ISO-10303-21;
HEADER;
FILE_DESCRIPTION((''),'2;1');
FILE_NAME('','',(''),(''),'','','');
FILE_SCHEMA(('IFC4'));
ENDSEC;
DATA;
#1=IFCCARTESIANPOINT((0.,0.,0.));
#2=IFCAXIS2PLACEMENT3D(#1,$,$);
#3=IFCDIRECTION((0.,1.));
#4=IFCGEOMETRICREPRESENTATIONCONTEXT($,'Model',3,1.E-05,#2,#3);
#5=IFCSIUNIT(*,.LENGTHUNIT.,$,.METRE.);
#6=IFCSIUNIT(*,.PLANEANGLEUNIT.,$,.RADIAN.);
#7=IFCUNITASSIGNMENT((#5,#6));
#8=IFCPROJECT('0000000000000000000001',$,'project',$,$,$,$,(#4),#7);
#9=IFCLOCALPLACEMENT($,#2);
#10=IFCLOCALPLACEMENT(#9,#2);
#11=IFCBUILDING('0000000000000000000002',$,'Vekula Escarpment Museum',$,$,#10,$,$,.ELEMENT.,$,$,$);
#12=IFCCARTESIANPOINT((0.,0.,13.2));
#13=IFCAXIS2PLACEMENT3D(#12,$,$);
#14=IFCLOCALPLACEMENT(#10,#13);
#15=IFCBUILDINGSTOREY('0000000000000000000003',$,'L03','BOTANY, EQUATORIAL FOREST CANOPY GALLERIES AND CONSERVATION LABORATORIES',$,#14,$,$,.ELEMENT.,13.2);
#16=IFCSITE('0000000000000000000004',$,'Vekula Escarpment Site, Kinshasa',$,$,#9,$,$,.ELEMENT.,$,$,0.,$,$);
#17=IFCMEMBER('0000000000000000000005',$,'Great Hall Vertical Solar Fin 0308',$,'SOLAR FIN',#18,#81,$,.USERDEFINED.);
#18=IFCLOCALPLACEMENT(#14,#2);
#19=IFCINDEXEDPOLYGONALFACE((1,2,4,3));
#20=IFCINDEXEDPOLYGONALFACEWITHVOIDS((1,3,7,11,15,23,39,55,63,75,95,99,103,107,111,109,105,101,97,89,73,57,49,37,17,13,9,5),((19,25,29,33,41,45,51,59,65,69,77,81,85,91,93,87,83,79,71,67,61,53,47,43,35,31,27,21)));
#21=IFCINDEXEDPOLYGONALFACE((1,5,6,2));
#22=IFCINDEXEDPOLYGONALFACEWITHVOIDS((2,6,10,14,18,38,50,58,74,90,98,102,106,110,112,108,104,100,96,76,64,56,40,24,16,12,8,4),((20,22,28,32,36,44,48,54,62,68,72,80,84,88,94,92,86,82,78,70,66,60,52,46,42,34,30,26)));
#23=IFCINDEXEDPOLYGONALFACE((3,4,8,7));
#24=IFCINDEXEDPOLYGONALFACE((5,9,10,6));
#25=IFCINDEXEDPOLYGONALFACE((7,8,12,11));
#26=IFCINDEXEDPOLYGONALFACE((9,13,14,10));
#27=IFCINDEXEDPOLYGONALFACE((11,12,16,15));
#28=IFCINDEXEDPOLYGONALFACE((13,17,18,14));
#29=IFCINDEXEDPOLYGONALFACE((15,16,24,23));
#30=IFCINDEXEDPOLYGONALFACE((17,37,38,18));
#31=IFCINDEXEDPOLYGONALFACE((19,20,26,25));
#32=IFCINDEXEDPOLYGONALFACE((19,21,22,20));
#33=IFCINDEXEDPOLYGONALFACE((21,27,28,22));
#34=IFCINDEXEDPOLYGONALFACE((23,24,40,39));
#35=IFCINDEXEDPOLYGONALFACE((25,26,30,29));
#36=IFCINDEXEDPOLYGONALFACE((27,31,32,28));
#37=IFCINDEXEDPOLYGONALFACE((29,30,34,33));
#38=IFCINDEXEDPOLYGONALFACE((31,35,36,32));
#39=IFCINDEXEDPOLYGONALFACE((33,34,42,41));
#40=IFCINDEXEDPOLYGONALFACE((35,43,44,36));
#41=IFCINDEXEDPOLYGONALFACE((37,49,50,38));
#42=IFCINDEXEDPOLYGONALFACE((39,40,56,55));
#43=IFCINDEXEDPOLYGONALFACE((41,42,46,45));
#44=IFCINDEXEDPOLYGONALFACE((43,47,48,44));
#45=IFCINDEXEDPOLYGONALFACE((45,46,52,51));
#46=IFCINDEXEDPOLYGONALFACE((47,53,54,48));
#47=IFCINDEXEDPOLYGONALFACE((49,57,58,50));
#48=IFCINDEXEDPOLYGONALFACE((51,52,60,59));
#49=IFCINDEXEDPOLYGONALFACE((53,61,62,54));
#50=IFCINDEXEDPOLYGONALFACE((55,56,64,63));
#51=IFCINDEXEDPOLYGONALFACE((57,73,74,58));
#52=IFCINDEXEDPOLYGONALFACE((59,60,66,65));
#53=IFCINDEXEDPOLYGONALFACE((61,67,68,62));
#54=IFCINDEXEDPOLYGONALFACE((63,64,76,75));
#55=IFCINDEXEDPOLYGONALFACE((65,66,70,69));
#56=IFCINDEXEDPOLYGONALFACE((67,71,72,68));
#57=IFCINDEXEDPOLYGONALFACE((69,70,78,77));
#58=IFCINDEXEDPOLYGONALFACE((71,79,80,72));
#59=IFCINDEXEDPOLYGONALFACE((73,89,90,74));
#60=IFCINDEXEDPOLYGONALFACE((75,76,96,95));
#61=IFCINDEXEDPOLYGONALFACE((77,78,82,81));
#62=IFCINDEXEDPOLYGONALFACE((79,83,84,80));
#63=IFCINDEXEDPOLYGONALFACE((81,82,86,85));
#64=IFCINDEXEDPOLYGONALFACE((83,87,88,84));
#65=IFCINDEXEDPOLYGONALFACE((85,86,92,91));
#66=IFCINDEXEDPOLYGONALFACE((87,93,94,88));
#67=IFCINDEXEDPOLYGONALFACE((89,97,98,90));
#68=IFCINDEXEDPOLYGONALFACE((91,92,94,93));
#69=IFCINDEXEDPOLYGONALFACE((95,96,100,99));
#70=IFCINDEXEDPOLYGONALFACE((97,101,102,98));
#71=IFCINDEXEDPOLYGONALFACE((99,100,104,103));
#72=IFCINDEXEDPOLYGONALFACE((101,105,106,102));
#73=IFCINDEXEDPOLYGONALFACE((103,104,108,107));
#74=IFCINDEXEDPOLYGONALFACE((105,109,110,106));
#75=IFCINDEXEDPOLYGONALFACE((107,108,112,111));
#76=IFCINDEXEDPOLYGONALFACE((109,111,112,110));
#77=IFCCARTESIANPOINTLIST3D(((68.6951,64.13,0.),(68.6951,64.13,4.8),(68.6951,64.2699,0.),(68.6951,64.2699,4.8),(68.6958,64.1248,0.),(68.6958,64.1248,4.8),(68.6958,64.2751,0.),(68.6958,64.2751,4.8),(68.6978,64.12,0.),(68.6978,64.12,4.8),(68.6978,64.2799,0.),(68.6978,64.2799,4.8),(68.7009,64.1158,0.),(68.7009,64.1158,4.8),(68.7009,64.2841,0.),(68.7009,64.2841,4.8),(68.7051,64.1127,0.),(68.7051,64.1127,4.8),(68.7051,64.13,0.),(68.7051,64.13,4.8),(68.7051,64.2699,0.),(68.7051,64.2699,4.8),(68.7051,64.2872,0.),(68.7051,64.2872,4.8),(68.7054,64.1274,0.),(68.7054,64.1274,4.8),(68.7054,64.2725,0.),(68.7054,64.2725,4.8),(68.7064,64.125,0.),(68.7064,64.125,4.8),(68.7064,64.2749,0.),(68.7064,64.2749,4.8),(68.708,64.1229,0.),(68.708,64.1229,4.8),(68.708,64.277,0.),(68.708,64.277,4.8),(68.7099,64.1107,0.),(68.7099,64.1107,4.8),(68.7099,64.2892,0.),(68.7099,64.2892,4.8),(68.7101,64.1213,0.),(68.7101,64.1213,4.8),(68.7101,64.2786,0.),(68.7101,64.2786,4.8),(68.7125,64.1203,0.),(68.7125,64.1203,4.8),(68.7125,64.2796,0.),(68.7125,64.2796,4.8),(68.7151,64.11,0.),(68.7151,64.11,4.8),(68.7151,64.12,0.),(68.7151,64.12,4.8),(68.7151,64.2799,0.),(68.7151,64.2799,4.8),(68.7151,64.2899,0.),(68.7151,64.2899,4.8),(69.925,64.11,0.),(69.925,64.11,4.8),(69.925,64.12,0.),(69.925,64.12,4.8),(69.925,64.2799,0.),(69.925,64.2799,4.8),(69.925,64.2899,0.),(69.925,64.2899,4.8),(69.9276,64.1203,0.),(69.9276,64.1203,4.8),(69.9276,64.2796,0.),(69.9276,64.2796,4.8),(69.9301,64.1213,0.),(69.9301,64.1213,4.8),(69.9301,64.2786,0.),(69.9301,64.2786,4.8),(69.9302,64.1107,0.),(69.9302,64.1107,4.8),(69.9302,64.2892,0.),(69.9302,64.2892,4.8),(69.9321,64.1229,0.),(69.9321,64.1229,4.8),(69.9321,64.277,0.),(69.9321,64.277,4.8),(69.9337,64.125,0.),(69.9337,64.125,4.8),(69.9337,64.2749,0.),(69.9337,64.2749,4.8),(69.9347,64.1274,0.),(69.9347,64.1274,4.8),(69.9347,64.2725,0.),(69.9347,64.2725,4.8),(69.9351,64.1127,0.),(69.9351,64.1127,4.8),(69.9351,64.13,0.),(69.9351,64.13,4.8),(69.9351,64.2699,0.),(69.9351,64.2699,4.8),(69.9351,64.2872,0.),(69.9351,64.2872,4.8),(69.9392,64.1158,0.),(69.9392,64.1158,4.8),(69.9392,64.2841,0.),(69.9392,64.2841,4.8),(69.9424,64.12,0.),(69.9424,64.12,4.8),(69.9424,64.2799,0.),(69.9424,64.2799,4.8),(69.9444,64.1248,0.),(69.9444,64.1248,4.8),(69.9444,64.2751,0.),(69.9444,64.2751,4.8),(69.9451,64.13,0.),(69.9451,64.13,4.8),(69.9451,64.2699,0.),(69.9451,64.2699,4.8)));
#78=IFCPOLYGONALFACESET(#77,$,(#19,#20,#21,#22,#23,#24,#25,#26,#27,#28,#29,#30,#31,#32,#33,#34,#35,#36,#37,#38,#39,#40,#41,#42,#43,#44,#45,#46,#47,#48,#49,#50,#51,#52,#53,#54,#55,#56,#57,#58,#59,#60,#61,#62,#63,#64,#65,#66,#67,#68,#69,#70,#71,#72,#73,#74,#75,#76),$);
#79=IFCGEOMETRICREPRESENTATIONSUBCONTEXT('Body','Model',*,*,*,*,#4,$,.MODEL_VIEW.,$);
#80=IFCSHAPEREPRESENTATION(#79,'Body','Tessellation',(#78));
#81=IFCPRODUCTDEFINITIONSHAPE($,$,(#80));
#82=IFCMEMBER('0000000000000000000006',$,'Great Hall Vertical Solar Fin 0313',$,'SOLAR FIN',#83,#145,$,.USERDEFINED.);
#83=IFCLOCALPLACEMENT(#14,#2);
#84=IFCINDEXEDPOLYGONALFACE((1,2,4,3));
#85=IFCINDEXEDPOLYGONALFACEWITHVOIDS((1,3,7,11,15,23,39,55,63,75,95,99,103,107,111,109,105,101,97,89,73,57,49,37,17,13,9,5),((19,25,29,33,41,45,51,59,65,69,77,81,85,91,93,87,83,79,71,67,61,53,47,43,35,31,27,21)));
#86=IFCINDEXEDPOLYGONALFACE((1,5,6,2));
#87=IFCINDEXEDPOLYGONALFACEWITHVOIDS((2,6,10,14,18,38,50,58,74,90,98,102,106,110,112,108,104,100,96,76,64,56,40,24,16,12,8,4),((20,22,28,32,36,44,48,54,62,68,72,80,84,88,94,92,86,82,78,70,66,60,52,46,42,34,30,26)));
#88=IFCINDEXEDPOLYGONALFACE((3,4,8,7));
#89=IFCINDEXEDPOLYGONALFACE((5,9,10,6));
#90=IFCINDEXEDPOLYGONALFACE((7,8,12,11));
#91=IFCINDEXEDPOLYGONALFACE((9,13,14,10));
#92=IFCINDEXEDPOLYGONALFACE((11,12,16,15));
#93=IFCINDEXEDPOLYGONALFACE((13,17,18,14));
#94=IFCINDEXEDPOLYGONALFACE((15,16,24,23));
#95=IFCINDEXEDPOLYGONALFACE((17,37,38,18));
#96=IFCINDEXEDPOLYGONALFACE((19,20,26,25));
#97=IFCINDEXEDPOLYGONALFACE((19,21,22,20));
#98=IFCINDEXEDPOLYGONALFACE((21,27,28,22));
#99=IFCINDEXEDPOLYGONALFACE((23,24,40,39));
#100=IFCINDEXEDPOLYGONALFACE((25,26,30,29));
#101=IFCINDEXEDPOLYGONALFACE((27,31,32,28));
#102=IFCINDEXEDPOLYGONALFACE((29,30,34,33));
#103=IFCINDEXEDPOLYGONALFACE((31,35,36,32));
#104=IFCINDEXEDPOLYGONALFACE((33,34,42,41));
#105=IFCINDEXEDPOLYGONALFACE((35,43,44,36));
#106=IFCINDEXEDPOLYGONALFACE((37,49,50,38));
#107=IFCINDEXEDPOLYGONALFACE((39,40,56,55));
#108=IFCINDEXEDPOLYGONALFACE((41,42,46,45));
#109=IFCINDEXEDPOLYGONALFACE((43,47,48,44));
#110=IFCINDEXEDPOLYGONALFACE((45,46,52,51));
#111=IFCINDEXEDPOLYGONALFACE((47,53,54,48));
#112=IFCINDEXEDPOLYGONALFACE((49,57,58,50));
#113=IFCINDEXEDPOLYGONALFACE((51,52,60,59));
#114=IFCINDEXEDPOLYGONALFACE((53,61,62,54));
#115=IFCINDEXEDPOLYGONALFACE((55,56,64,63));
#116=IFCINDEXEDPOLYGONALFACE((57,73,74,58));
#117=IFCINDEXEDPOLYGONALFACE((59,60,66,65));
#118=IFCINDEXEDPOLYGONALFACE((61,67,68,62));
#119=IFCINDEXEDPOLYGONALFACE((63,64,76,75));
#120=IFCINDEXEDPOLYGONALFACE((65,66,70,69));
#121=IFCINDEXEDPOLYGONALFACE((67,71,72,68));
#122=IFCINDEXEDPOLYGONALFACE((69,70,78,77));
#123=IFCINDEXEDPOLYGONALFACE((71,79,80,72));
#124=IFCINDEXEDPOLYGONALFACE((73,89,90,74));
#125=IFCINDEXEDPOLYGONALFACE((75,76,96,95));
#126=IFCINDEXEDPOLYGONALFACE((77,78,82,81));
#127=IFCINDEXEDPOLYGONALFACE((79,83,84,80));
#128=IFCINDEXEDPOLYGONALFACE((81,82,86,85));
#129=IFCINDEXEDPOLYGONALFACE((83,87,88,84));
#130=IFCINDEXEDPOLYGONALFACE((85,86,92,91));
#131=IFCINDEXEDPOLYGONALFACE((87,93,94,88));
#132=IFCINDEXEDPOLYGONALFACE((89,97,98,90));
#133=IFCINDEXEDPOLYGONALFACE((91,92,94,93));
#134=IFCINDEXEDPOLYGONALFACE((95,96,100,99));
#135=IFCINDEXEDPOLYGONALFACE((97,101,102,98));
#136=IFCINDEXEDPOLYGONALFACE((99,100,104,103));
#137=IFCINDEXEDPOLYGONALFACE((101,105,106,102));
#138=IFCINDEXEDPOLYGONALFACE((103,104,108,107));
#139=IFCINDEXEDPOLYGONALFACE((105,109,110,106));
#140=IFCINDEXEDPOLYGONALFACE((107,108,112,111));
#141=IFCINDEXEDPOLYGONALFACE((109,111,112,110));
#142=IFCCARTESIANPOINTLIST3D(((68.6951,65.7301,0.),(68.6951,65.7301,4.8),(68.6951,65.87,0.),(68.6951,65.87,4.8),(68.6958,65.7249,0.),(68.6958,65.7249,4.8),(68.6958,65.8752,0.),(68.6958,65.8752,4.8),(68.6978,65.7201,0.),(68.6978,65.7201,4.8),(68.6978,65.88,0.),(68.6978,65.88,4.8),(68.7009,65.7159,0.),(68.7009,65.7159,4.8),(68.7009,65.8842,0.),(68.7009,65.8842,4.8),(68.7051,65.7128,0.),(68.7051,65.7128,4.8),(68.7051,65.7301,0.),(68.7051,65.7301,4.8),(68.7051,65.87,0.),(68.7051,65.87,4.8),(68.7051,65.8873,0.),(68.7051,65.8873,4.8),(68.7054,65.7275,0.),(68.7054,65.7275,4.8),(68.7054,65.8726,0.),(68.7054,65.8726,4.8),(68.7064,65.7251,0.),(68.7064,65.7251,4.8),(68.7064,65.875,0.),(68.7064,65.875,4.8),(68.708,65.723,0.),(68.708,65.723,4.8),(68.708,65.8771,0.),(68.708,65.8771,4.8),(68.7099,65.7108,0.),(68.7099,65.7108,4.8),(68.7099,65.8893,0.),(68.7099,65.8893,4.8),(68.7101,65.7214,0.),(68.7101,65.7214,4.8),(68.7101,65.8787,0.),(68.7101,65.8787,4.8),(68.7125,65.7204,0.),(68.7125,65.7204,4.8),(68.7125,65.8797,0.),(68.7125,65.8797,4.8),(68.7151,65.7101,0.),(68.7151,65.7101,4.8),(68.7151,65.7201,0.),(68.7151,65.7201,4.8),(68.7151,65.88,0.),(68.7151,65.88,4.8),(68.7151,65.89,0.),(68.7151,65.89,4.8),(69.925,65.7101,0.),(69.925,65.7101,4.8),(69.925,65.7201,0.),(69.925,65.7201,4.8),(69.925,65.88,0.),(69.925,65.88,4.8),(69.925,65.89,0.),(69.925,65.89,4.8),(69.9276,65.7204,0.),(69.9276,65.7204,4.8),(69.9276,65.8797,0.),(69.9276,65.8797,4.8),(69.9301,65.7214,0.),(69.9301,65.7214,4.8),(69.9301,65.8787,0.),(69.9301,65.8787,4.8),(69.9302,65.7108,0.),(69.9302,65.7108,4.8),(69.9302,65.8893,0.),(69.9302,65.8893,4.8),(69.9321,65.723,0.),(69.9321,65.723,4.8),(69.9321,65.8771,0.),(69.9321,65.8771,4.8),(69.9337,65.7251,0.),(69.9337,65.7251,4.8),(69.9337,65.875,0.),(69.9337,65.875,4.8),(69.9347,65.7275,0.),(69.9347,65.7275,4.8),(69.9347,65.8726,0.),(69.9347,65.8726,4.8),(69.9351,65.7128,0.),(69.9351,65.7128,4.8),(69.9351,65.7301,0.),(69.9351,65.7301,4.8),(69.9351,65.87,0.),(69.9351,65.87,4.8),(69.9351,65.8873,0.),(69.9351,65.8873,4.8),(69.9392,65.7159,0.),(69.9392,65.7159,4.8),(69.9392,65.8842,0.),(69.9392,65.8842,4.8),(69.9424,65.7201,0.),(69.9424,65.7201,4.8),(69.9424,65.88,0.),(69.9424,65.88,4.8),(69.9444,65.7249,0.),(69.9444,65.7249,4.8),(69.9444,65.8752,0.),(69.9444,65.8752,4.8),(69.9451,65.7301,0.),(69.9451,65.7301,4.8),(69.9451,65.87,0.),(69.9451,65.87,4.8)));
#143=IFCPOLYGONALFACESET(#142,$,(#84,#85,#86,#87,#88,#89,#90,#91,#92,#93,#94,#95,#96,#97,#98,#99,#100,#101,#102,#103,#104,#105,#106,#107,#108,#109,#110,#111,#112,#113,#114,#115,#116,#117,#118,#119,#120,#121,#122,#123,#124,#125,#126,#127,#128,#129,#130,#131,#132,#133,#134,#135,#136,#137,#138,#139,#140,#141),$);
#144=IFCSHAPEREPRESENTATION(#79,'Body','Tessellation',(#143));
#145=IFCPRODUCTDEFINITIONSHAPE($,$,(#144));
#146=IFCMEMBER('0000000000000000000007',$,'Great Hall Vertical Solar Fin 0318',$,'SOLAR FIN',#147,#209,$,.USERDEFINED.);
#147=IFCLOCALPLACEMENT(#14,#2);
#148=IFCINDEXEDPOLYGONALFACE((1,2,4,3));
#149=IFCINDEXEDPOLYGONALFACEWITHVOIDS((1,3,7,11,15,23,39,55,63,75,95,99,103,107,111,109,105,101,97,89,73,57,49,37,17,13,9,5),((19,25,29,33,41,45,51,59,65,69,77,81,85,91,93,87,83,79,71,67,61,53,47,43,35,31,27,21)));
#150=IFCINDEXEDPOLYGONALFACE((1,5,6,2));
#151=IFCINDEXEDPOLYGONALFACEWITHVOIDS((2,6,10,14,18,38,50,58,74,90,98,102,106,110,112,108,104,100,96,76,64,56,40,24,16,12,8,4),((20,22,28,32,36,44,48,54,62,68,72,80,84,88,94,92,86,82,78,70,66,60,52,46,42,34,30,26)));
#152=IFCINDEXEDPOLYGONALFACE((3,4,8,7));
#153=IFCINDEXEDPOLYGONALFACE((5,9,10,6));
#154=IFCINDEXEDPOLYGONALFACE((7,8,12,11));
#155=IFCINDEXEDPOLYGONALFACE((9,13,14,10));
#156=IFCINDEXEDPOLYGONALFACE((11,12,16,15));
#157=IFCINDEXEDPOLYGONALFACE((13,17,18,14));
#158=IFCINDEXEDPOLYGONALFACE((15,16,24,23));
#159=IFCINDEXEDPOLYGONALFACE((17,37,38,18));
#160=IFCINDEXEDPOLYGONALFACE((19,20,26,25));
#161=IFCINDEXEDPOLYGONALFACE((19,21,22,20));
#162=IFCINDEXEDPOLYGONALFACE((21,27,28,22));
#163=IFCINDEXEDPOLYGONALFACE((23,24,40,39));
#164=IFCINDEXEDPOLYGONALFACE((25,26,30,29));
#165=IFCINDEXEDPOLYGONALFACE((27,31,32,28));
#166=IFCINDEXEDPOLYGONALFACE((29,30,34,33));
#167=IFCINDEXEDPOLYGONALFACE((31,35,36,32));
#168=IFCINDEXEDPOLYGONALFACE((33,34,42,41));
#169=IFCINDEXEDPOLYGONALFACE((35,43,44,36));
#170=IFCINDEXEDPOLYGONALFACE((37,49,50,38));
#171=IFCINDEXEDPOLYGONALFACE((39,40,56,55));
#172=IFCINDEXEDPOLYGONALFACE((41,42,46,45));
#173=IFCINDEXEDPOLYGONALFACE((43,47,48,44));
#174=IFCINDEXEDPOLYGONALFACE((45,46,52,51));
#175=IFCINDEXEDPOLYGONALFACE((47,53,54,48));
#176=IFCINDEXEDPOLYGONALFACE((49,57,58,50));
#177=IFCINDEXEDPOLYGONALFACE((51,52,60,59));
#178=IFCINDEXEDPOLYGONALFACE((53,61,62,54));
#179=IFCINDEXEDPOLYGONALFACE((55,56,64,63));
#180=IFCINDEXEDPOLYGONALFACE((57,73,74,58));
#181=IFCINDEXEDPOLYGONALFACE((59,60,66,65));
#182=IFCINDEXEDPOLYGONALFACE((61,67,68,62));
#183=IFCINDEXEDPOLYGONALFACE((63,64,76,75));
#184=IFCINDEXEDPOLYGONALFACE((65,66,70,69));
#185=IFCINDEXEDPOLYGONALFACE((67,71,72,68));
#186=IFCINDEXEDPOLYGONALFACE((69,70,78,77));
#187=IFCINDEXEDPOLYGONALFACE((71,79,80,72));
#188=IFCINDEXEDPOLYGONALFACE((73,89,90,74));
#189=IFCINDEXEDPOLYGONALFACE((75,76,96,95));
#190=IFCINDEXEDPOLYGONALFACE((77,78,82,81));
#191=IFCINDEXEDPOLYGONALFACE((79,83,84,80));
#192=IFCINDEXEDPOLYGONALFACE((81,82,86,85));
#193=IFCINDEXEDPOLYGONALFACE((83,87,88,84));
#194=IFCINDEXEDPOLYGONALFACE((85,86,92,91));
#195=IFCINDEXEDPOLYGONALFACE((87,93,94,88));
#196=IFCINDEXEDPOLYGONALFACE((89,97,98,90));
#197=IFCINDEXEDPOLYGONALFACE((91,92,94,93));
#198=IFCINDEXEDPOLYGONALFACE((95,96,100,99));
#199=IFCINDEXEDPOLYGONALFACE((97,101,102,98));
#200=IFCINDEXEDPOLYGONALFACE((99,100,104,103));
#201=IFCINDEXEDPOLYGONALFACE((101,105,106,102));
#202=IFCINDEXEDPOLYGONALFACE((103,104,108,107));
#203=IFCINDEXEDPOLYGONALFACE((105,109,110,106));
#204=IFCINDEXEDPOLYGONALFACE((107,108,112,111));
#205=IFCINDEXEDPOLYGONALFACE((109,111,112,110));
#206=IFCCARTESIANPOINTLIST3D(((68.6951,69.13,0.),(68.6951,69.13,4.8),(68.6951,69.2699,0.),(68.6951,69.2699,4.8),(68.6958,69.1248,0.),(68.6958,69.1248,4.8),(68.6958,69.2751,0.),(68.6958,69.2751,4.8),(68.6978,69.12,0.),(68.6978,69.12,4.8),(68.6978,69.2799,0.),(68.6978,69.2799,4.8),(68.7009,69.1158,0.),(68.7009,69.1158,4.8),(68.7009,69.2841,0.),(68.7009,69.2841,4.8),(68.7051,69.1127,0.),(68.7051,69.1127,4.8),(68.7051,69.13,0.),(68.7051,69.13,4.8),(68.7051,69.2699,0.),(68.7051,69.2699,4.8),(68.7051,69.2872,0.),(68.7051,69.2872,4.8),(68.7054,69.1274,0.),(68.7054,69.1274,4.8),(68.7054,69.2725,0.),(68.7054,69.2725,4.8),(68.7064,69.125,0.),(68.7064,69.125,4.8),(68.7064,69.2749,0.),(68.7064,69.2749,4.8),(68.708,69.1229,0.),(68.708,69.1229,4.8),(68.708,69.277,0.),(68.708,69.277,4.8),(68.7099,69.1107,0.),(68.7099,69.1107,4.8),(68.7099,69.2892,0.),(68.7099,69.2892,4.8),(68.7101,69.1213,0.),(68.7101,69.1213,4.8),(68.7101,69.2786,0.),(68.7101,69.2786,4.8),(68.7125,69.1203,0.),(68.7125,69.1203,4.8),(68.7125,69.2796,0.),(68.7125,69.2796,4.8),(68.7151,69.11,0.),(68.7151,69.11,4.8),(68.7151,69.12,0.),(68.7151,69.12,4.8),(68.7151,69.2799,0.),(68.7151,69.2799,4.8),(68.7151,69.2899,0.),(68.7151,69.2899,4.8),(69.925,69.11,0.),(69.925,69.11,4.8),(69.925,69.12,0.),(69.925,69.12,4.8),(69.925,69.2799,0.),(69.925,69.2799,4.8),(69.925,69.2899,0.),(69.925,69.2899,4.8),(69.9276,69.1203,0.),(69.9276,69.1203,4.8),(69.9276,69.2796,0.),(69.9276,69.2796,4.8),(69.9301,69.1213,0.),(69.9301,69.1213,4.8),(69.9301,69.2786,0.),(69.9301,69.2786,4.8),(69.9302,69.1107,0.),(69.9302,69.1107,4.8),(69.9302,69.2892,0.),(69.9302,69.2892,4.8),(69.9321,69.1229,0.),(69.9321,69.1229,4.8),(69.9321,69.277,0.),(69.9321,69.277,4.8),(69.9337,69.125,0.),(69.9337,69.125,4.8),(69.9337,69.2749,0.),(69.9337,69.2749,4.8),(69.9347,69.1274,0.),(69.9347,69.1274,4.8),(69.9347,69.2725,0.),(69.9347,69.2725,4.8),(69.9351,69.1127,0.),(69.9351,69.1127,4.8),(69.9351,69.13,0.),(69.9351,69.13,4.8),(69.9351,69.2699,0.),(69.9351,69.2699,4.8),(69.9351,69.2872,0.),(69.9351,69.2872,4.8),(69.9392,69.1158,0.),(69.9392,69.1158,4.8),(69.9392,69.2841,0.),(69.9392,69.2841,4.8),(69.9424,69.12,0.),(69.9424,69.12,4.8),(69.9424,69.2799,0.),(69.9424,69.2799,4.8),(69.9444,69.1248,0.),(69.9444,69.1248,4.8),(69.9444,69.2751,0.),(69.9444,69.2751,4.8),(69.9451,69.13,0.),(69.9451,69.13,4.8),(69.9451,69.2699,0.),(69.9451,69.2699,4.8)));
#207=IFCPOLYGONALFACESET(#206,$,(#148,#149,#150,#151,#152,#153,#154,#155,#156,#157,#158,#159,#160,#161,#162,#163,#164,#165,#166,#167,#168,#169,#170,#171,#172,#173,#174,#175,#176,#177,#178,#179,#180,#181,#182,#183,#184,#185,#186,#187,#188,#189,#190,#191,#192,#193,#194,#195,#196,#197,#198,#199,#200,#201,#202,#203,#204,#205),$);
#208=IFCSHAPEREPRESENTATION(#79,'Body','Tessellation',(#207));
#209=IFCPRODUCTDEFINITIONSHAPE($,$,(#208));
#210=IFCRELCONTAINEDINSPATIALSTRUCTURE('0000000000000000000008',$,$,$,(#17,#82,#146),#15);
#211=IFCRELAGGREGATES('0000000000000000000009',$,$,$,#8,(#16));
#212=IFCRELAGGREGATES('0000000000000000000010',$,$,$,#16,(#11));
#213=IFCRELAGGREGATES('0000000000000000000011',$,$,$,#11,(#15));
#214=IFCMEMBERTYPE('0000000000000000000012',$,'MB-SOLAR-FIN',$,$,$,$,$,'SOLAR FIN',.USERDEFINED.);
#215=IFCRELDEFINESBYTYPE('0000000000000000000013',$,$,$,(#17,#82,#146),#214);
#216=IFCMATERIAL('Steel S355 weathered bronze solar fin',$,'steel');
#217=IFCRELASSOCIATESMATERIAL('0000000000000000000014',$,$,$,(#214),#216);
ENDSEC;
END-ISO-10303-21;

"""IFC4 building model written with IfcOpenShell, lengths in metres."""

from ifc_helpers import new_model, si_unit, direction, frame, origin, origin_2d, place, context, subcontext, project, spatial, hollow_rectangle, extrude, material, material_profile, profile_set, type_object, element, save


model = new_model("IFC4")

# Units and contexts
model_context = context("Model", 3, precision=1e-05, world=origin(), true_north=direction((0.0, 1.0)))
body_context = subcontext(model_context, "Body", "Model", "MODEL_VIEW")
ifc_project = project(units=[si_unit("LENGTHUNIT", "METRE"), si_unit("PLANEANGLEUNIT", "RADIAN")], contexts=[model_context])

# Site, building, storey
site_placement = place(None, origin())
site = spatial("IfcSite", under=ifc_project, at=site_placement, Name="Vekula Escarpment Site, Kinshasa", CompositionType="ELEMENT", RefElevation=0.0)
building_placement = place(site_placement, origin())
building = spatial("IfcBuilding", under=site, at=building_placement, Name="Vekula Escarpment Museum", CompositionType="ELEMENT")
storey_placement = place(building_placement, frame((0.0, 0.0, 13.2)))
storey = spatial("IfcBuildingStorey", under=building, at=storey_placement, Name="L03", Description="BOTANY, EQUATORIAL FOREST CANOPY GALLERIES AND CONSERVATION LABORATORIES", CompositionType="ELEMENT", Elevation=13.2)

# Members
ifc_material_1 = material(Name="Steel S355 weathered bronze solar fin", Category="steel")
ifc_material_profile_1 = material_profile(ifc_material_1, hollow_rectangle(XDim=0.1799, YDim=1.25, WallThickness=0.01, InnerFilletRadius=0.01, OuterFilletRadius=0.02, at=origin_2d()), Name="RHS 1250x180x10")
ifc_profile_set_1 = profile_set([ifc_material_profile_1], Name="Steel S355 weathered bronze solar fin")
member_type = type_object("IfcMemberType", Name="MB-SOLAR-FIN", ElementType="SOLAR FIN", PredefinedType="USERDEFINED", material=ifc_profile_set_1)
for number, where, z_axis, x_axis, name in (
    (1, (69.3201, 64.2, 0.0), (0.0, 0.0, 1.0), (0.0, 1.0, 0.0), "Great Hall Vertical Solar Fin 0308"),
    (2, (69.3201, 65.8, 0.0), (0.0, 0.0, 1.0), (0.0, 1.0, 0.0), "Great Hall Vertical Solar Fin 0313"),
    (3, (69.3201, 69.2, 0.0), (0.0, 0.0, 1.0), (0.0, 1.0, 0.0), "Great Hall Vertical Solar Fin 0318"),
):
    element("IfcMember", number, at=place(storey_placement, frame(where, z_axis=z_axis, x_axis=x_axis)), inside=storey, type_object=member_type, Name=name, ObjectType="SOLAR FIN", PredefinedType="USERDEFINED", context=body_context, shape_type="SweptSolid", body=[
        extrude(hollow_rectangle(XDim=0.1799, YDim=1.25, WallThickness=0.01, InnerFilletRadius=0.01, OuterFilletRadius=0.02, at=origin_2d()), origin(), (0.0, 0.0, 1.0), 4.8),
    ])

save(model, "model.ifc")
